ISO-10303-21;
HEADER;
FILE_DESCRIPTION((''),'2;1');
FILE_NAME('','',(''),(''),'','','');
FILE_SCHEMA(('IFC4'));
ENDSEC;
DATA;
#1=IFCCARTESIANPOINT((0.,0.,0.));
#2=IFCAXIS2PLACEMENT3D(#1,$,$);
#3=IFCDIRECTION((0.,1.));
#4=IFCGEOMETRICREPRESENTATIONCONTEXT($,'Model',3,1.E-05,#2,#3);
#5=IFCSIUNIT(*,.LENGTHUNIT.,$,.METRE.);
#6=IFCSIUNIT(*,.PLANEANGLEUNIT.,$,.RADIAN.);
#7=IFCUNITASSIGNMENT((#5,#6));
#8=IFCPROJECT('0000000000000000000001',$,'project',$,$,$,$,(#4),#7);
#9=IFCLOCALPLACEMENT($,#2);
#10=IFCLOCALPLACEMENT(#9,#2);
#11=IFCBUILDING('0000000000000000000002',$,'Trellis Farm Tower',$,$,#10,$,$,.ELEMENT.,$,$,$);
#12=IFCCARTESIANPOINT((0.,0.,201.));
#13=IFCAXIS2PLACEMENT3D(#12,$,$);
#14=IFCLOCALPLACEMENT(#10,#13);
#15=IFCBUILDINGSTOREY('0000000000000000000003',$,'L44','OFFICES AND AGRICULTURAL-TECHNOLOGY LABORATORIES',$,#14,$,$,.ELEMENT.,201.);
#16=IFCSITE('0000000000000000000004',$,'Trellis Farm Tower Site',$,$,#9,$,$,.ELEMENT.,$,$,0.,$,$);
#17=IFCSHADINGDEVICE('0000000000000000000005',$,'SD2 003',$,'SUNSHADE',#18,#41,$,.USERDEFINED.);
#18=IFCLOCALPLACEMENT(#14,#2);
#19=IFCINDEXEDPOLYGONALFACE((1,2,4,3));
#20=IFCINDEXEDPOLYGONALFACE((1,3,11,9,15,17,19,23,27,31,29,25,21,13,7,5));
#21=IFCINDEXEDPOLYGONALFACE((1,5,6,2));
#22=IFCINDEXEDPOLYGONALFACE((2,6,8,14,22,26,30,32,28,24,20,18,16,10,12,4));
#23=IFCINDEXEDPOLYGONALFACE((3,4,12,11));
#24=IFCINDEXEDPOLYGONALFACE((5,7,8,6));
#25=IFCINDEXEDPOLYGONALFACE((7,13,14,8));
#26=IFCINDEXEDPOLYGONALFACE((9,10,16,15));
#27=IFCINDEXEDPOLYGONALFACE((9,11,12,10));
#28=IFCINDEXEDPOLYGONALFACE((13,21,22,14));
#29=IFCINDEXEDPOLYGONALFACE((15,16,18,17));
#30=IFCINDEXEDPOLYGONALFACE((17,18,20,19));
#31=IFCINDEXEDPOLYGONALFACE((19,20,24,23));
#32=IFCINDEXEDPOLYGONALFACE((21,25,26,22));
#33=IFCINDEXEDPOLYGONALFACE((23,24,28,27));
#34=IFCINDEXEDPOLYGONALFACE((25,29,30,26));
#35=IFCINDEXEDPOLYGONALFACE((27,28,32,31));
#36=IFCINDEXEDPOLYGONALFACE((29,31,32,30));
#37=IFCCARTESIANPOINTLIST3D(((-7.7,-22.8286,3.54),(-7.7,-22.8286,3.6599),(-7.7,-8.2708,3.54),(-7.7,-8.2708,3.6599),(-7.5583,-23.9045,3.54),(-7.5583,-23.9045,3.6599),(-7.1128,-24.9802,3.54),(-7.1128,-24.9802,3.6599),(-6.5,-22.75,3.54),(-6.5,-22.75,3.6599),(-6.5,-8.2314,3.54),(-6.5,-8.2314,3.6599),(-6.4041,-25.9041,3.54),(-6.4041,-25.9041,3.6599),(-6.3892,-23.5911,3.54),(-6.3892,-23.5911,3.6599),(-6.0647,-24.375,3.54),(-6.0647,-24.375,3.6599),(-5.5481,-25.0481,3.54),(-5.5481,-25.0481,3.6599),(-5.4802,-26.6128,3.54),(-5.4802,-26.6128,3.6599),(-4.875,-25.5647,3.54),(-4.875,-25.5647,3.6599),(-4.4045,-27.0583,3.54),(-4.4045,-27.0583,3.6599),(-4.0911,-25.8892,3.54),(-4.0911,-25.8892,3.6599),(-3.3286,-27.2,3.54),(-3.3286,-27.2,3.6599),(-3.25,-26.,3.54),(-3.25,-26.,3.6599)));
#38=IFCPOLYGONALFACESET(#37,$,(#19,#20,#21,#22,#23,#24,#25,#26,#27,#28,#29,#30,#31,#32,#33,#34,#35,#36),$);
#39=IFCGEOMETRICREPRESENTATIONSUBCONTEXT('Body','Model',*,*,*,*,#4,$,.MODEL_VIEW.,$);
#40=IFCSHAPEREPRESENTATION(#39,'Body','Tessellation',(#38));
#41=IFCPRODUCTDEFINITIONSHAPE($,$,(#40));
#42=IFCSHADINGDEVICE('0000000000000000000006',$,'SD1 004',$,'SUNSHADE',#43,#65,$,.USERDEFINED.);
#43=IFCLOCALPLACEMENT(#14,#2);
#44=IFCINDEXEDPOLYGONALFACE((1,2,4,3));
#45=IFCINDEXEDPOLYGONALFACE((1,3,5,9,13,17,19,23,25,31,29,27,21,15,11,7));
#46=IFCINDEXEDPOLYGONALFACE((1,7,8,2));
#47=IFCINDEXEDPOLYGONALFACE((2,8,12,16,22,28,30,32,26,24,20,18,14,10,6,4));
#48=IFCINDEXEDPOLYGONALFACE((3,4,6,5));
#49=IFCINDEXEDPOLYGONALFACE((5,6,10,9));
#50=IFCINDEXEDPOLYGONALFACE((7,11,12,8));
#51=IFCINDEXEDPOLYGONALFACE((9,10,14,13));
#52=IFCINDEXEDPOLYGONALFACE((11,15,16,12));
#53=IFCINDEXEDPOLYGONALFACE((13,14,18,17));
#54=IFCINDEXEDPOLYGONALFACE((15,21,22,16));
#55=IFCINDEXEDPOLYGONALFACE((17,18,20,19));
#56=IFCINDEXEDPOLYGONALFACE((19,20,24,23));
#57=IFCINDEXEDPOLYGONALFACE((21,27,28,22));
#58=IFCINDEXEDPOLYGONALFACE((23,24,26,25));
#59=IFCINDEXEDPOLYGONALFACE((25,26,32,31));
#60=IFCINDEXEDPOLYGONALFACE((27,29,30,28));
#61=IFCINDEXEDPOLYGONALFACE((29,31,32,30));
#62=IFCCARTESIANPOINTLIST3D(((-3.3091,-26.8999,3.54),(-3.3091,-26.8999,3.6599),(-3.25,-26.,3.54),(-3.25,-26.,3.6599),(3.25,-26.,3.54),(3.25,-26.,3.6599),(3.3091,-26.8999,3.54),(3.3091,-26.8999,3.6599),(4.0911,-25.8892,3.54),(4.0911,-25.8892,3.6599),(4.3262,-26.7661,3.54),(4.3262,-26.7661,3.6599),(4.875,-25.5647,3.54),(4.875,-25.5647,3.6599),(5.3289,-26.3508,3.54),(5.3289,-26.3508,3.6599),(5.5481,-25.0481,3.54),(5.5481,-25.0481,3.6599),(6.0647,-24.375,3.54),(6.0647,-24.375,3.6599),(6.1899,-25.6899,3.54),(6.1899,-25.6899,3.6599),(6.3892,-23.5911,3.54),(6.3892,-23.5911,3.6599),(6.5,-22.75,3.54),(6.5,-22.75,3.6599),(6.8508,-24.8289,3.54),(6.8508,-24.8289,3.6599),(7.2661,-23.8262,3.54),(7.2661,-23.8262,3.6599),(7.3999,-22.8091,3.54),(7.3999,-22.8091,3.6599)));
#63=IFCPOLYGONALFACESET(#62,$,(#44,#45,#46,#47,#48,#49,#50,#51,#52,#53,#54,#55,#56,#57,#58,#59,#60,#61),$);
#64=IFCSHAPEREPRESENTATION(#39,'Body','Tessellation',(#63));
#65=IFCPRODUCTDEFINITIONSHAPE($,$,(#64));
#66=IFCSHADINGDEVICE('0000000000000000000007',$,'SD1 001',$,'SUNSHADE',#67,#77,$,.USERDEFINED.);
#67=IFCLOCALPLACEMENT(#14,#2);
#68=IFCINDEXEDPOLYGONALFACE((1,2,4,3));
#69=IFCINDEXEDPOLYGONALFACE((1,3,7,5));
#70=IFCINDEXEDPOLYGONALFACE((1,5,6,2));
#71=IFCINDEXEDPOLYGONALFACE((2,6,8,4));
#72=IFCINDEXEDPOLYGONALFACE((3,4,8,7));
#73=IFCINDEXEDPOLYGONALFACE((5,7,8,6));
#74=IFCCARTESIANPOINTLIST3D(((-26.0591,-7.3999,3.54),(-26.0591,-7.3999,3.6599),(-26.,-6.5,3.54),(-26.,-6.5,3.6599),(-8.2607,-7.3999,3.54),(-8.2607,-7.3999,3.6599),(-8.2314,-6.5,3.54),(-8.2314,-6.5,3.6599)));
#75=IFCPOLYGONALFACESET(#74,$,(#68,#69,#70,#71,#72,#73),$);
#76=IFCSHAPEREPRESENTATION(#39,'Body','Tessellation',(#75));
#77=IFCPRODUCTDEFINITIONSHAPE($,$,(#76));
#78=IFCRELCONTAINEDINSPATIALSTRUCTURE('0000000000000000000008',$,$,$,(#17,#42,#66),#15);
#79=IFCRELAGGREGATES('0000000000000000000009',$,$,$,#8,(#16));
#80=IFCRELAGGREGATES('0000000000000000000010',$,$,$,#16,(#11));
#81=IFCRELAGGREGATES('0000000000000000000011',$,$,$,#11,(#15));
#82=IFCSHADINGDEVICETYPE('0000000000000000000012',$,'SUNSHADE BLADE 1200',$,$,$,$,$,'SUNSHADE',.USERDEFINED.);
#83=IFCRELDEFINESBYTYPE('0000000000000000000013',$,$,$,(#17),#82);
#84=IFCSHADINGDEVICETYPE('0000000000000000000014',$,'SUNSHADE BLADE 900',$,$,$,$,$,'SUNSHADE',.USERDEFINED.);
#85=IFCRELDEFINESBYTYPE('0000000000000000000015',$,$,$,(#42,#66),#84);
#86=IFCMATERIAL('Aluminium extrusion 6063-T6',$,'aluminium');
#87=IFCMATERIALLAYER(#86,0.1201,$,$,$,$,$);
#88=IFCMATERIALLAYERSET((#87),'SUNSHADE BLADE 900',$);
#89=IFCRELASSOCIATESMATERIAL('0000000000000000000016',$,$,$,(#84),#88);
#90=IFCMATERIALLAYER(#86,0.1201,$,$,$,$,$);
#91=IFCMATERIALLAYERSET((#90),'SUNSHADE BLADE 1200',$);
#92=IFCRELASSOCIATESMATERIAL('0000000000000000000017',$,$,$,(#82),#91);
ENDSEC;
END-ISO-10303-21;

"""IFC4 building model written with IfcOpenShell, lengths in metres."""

from ifc_helpers import new_model, si_unit, direction, frame, origin, place, context, subcontext, project, spatial, polyline, outline, extrude, source, transform, mapped, material, layer, layer_set, type_object, element, save


model = new_model("IFC4")

# Units and contexts
model_context = context("Model", 3, precision=1e-05, world=origin(), true_north=direction((0.0, 1.0)))
body_context = subcontext(model_context, "Body", "Model", "MODEL_VIEW")
ifc_project = project(units=[si_unit("LENGTHUNIT", "METRE"), si_unit("PLANEANGLEUNIT", "RADIAN")], contexts=[model_context])

# Site, building, storey
site_placement = place(None, origin())
site = spatial("IfcSite", under=ifc_project, at=site_placement, Name="Trellis Farm Tower Site", CompositionType="ELEMENT", RefElevation=0.0)
building_placement = place(site_placement, origin())
building = spatial("IfcBuilding", under=site, at=building_placement, Name="Trellis Farm Tower", CompositionType="ELEMENT")
storey_placement = place(building_placement, frame((0.0, 0.0, 201.0)))
storey = spatial("IfcBuildingStorey", under=building, at=storey_placement, Name="L44", Description="OFFICES AND AGRICULTURAL-TECHNOLOGY LABORATORIES", CompositionType="ELEMENT", Elevation=201.0)

# Shared definitions
ifc_material_1 = material(Name="Aluminium extrusion 6063-T6", Category="aluminium")

# Shading devices
ifc_layer_1 = layer(ifc_material_1, 0.1201)
ifc_layer_set_1 = layer_set([ifc_layer_1], Name="SUNSHADE BLADE 900")
shading_device_type_1 = type_object("IfcShadingDeviceType", Name="SUNSHADE BLADE 900", ElementType="SUNSHADE", PredefinedType="USERDEFINED", material=ifc_layer_set_1)
placement_1 = place(storey_placement, frame((0.0, 0.0, 3.54)))
ifc_layer_2 = layer(ifc_material_1, 0.1201)
ifc_layer_set_2 = layer_set([ifc_layer_2], Name="SUNSHADE BLADE 1200")
shading_device_type_2 = type_object("IfcShadingDeviceType", Name="SUNSHADE BLADE 1200", ElementType="SUNSHADE", PredefinedType="USERDEFINED", material=ifc_layer_set_2)
shared_shape_1 = source(origin(), body_context, "Body", "SweptSolid", [
    extrude(outline(polyline([(-7.7, -8.2708), (-7.7, -22.8286), (-7.5583, -23.9045), (-7.1128, -24.9802), (-6.4041, -25.9041), (-5.4802, -26.6128), (-4.4045, -27.0583), (-3.3286, -27.2), (-3.25, -26.0), (-4.0911, -25.8892), (-4.875, -25.5647), (-5.5481, -25.0481), (-6.0647, -24.375), (-6.3892, -23.5911), (-6.5, -22.75), (-6.5, -8.2314), (-7.7, -8.2708)])), origin(), (0.0, 0.0, 1.0), 0.1199),
])
element("IfcShadingDevice", 1, at=placement_1, inside=storey, type_object=shading_device_type_2, Name="SD2 003", ObjectType="SUNSHADE", PredefinedType="USERDEFINED", context=body_context, shape_type="MappedRepresentation", body=[
    mapped(shared_shape_1, transform((0.0, 0.0, 0.0))),
])
shared_shape_2 = source(origin(), body_context, "Body", "SweptSolid", [
    extrude(outline(polyline([(-3.3091, -26.8999), (3.3091, -26.8999), (4.3262, -26.7661), (5.3289, -26.3508), (6.1899, -25.6899), (6.8508, -24.8289), (7.2661, -23.8262), (7.3999, -22.8091), (6.5, -22.75), (6.3892, -23.5911), (6.0647, -24.375), (5.5481, -25.0481), (4.875, -25.5647), (4.0911, -25.8892), (3.25, -26.0), (-3.25, -26.0), (-3.3091, -26.8999)])), origin(), (0.0, 0.0, 1.0), 0.1199),
])
element("IfcShadingDevice", 2, at=placement_1, inside=storey, type_object=shading_device_type_1, Name="SD1 004", ObjectType="SUNSHADE", PredefinedType="USERDEFINED", context=body_context, shape_type="MappedRepresentation", body=[
    mapped(shared_shape_2, transform((0.0, 0.0, 0.0))),
])
shared_shape_3 = source(origin(), body_context, "Body", "SweptSolid", [
    extrude(outline(polyline([(-26.0591, -7.3999), (-8.2607, -7.3999), (-8.2314, -6.5), (-26.0, -6.5), (-26.0591, -7.3999)])), origin(), (0.0, 0.0, 1.0), 0.1199),
])
element("IfcShadingDevice", 3, at=placement_1, inside=storey, type_object=shading_device_type_1, Name="SD1 001", ObjectType="SUNSHADE", PredefinedType="USERDEFINED", context=body_context, shape_type="MappedRepresentation", body=[
    mapped(shared_shape_3, transform((0.0, 0.0, 0.0))),
])

save(model, "model.ifc")
